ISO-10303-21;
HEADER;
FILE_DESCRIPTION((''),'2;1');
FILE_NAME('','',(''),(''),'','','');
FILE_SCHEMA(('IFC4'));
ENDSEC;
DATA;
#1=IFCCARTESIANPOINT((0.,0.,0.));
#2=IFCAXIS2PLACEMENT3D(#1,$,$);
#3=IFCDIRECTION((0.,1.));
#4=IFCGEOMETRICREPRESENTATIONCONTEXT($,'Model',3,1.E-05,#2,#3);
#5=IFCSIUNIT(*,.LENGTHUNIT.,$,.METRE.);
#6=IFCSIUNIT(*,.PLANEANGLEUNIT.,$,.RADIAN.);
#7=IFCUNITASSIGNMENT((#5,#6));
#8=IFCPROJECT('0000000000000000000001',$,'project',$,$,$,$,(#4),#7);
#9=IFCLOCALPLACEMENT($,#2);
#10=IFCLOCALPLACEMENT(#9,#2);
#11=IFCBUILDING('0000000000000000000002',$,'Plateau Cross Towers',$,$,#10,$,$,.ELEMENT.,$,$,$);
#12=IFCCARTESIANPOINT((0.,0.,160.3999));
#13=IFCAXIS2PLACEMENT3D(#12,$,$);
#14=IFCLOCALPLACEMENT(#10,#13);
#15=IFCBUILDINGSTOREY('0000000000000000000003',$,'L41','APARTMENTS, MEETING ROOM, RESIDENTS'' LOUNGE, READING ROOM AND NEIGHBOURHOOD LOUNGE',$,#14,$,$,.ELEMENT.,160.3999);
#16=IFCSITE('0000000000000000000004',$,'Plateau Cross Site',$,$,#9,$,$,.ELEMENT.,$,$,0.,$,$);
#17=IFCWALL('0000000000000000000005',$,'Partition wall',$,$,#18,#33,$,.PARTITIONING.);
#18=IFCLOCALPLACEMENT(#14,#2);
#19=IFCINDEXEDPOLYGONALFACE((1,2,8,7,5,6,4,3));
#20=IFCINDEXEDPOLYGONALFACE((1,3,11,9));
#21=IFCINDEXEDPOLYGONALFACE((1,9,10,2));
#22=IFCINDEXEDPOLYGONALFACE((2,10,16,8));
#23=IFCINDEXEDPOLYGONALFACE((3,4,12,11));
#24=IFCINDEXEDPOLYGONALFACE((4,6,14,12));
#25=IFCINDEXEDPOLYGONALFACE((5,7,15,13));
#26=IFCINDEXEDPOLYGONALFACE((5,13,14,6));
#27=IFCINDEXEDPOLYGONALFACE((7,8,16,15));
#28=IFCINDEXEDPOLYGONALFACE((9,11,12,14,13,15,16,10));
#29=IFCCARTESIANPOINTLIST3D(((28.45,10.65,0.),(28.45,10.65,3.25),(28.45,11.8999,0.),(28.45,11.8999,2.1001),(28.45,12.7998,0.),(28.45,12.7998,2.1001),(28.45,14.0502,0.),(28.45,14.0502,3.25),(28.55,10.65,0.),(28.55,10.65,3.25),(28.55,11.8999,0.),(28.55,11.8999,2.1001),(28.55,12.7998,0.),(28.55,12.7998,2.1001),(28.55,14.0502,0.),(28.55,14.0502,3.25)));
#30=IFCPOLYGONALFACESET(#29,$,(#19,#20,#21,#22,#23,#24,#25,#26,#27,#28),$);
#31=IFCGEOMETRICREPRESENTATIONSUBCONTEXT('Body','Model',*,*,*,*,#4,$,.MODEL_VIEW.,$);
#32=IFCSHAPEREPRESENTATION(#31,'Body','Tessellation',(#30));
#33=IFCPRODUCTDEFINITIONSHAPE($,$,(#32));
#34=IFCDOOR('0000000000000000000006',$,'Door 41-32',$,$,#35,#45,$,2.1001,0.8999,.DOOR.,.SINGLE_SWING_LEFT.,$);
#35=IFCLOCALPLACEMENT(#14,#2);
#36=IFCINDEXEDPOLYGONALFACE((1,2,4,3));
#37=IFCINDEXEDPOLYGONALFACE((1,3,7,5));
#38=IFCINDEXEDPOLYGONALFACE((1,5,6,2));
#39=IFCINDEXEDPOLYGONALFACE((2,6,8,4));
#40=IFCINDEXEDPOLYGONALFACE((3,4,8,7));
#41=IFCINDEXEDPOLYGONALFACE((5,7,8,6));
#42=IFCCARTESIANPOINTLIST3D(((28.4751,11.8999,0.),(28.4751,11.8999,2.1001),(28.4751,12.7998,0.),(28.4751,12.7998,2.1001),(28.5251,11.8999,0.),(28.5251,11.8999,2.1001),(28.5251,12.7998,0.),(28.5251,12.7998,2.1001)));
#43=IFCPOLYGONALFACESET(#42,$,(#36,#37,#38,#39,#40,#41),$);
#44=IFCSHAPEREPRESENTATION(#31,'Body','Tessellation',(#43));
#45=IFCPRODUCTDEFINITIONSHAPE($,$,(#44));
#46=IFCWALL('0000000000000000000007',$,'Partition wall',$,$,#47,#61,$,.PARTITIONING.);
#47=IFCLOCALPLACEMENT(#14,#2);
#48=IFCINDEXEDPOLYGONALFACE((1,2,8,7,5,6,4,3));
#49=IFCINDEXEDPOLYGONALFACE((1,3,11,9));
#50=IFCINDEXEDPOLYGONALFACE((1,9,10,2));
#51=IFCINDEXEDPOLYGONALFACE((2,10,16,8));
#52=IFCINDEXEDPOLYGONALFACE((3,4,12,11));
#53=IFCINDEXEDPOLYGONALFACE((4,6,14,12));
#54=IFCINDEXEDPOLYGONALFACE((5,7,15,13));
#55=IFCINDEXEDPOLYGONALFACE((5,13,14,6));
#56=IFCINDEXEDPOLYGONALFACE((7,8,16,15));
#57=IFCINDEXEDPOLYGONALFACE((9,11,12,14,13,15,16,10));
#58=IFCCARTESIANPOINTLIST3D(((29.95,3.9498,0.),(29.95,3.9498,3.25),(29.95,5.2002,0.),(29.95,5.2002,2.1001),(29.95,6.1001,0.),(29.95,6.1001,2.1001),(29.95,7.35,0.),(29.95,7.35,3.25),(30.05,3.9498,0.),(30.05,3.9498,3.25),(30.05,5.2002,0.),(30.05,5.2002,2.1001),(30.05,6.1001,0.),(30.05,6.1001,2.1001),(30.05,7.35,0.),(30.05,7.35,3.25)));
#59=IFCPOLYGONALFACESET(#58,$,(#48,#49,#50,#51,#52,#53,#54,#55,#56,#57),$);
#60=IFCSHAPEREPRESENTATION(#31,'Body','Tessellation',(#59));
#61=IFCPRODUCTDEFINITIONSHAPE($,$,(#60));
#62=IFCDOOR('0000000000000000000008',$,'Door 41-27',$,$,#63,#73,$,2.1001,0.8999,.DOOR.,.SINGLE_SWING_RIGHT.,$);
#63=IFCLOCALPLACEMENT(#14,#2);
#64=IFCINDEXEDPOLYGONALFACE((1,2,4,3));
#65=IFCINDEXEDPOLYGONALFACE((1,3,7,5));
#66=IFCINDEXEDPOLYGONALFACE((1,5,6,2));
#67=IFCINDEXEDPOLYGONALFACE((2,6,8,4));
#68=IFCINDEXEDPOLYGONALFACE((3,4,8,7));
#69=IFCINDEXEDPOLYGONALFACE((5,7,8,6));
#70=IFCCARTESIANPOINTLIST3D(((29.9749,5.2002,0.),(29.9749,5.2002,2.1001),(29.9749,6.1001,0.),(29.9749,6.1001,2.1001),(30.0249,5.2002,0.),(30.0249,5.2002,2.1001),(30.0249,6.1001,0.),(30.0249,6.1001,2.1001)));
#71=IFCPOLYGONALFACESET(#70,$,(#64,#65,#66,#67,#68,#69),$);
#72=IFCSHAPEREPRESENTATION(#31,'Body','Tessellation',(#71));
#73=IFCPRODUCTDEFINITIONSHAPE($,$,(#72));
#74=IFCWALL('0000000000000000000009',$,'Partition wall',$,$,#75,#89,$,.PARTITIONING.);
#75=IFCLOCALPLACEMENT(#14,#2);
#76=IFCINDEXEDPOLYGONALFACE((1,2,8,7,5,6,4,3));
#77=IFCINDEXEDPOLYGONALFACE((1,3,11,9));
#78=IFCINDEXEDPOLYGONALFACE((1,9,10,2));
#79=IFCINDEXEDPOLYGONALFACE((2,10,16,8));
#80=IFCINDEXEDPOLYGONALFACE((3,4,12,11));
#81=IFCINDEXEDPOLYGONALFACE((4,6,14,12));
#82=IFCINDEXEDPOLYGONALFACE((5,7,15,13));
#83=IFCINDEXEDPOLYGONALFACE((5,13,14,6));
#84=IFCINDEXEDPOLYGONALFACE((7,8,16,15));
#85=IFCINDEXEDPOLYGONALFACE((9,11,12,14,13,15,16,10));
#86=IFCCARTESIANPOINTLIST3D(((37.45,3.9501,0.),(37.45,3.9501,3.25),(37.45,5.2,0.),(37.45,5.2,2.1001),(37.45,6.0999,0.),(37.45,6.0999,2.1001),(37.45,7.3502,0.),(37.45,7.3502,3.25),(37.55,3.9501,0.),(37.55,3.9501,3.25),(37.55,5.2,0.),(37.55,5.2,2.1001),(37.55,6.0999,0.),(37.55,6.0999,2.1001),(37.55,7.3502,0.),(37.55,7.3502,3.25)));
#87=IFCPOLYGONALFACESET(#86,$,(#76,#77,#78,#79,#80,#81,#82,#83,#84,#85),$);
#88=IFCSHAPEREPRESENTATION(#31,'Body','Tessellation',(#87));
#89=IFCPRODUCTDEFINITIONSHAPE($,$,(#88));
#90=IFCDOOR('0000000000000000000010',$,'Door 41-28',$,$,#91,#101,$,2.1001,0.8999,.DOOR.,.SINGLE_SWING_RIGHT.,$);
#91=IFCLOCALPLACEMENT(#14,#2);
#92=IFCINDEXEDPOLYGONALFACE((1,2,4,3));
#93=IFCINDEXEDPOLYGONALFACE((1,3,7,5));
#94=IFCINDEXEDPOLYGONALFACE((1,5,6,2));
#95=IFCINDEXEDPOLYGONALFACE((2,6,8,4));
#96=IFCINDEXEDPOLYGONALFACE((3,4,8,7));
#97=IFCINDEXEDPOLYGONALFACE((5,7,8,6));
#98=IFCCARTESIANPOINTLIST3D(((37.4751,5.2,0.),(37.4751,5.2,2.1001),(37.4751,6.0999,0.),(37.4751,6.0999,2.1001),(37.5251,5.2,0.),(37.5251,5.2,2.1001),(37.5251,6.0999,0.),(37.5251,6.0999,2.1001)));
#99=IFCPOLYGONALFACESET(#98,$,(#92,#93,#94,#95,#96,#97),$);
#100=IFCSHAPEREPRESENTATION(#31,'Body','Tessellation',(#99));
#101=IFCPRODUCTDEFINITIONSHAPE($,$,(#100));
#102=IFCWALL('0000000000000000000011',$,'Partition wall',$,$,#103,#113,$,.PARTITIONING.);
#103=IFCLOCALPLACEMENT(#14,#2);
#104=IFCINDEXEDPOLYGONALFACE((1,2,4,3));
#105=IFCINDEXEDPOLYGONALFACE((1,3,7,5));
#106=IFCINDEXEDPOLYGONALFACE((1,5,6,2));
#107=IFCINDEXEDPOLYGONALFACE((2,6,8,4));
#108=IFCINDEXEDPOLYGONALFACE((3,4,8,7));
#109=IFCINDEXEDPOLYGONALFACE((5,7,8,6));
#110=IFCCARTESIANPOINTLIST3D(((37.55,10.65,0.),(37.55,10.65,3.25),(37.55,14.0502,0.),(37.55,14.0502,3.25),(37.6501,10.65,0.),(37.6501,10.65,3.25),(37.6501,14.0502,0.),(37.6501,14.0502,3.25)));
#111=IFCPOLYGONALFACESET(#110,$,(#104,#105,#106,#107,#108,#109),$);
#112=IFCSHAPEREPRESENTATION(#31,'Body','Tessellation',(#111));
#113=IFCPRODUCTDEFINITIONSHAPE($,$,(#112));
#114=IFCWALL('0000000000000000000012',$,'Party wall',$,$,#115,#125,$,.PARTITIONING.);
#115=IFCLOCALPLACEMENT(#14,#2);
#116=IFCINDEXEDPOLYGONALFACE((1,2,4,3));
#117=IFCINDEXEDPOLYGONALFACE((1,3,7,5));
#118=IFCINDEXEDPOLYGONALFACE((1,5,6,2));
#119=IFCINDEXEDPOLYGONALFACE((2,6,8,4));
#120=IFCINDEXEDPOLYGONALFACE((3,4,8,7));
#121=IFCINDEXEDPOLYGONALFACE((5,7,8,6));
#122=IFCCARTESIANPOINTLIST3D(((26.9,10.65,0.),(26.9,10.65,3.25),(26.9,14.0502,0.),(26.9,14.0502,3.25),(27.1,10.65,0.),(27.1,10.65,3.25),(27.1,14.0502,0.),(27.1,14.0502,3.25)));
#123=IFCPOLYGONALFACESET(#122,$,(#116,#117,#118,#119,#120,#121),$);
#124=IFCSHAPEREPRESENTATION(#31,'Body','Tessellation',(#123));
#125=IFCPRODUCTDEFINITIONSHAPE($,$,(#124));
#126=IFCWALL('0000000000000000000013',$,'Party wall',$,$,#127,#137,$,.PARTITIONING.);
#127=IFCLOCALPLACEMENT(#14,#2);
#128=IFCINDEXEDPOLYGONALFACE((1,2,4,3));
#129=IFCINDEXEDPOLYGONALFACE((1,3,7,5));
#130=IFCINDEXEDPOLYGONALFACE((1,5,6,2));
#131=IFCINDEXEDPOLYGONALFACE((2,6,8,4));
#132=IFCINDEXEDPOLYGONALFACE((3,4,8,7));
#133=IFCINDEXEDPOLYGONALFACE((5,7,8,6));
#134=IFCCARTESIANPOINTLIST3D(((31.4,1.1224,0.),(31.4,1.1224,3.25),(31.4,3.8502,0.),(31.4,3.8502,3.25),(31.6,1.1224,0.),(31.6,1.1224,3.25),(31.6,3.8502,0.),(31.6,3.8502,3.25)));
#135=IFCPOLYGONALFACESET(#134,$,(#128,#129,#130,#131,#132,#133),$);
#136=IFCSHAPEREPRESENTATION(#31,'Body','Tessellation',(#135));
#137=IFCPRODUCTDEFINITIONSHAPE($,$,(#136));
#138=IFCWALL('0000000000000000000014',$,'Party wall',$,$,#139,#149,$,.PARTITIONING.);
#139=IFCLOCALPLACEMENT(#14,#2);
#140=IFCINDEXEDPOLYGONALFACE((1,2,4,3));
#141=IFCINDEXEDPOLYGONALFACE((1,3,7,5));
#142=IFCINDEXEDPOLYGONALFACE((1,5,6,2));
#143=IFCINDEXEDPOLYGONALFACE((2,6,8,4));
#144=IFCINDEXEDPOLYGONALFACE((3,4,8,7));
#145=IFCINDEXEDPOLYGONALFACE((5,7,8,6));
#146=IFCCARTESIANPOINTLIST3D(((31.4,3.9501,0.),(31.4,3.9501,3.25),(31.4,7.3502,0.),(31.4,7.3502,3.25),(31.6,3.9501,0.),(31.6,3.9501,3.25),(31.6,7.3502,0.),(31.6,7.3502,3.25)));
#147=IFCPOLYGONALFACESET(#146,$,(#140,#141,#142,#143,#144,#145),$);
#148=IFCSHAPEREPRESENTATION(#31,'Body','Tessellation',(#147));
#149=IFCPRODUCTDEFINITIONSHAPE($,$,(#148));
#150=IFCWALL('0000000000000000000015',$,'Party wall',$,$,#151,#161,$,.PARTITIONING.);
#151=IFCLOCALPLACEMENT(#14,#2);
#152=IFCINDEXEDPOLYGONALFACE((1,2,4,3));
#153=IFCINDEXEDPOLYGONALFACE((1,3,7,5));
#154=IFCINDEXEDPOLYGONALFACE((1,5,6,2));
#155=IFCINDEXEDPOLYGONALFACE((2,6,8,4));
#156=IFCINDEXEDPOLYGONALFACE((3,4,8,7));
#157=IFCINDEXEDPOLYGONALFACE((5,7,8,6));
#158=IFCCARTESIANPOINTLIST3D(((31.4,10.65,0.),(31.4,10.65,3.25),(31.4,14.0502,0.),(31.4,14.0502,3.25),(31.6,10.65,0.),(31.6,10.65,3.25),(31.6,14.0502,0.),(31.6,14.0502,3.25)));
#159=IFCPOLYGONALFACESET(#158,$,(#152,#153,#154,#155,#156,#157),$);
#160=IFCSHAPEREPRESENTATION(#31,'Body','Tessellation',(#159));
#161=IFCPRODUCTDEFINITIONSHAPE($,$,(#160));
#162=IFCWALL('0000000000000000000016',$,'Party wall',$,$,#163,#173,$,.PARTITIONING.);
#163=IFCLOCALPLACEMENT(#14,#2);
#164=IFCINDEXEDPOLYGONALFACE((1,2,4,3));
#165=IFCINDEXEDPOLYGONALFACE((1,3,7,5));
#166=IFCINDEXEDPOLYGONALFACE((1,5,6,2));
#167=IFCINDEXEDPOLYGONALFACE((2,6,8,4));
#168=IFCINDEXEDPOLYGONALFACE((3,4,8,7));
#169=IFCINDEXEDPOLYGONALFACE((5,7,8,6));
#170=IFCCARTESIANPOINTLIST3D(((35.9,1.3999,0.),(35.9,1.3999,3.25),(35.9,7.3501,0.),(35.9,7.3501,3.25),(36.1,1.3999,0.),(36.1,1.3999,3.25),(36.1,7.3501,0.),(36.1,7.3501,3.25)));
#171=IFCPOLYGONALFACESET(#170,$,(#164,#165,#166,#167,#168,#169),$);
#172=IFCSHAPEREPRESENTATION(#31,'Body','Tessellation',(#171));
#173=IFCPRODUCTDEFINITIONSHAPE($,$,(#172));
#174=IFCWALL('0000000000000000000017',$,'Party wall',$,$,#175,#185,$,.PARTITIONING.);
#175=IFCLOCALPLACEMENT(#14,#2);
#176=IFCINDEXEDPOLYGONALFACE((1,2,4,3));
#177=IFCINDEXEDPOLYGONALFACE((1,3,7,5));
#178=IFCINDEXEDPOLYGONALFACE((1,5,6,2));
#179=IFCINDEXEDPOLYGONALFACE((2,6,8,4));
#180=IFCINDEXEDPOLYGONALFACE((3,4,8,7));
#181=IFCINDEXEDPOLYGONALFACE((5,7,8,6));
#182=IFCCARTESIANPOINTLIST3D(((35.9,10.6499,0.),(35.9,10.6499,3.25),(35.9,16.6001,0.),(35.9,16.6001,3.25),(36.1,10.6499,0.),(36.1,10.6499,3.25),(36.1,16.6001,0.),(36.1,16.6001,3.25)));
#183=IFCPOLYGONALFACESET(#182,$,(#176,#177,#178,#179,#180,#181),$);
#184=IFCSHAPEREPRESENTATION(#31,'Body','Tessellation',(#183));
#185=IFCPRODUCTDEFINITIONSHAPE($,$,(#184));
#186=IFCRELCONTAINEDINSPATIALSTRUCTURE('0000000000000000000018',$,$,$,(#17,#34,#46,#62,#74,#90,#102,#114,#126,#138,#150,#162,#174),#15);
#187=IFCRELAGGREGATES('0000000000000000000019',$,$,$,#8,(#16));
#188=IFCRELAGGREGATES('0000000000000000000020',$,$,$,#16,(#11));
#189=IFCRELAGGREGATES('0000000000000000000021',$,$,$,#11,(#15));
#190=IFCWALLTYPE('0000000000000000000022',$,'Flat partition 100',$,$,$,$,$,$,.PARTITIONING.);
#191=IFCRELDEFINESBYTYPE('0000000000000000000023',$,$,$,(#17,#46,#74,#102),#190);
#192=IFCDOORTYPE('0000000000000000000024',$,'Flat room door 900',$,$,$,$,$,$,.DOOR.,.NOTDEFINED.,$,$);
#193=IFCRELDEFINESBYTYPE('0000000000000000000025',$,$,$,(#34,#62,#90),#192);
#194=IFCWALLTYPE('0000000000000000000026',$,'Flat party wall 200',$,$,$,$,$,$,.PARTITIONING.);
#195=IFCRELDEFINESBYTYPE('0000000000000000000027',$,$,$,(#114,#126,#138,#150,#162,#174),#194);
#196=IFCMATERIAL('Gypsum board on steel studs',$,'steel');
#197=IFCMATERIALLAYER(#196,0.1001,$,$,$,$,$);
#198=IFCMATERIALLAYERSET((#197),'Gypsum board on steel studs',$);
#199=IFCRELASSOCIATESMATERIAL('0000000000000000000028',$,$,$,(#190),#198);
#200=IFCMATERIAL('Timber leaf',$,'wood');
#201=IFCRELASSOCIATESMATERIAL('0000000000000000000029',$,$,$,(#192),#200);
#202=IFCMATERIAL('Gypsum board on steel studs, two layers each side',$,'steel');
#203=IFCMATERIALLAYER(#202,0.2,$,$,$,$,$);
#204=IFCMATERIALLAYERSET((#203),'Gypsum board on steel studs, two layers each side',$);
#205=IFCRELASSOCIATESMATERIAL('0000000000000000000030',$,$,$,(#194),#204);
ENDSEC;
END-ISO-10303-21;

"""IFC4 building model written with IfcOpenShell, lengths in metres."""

from ifc_helpers import new_model, si_unit, direction, frame, frame_2d, origin, place, context, subcontext, project, spatial, rectangle, extrude, material, layer, layer_set, type_object, element, fill, save


model = new_model("IFC4")

# Units and contexts
model_context = context("Model", 3, precision=1e-05, world=origin(), true_north=direction((0.0, 1.0)))
body_context = subcontext(model_context, "Body", "Model", "MODEL_VIEW")
ifc_project = project(units=[si_unit("LENGTHUNIT", "METRE"), si_unit("PLANEANGLEUNIT", "RADIAN")], contexts=[model_context])

# Site, building, storey
site_placement = place(None, origin())
site = spatial("IfcSite", under=ifc_project, at=site_placement, Name="Plateau Cross Site", CompositionType="ELEMENT", RefElevation=0.0)
building_placement = place(site_placement, origin())
building = spatial("IfcBuilding", under=site, at=building_placement, Name="Plateau Cross Towers", CompositionType="ELEMENT")
storey_placement = place(building_placement, frame((0.0, 0.0, 160.3999)))
storey = spatial("IfcBuildingStorey", under=building, at=storey_placement, Name="L41", Description="APARTMENTS, MEETING ROOM, RESIDENTS' LOUNGE, READING ROOM AND NEIGHBOURHOOD LOUNGE", CompositionType="ELEMENT", Elevation=160.3999)

# Shared definitions
ifc_material_1 = material(Name="Gypsum board on steel studs", Category="steel")
ifc_layer_1 = layer(ifc_material_1, 0.1001)
ifc_layer_set_1 = layer_set([ifc_layer_1], Name="Gypsum board on steel studs")
wall_type_1 = type_object("IfcWallType", Name="Flat partition 100", PredefinedType="PARTITIONING", material=ifc_layer_set_1)

# Walls, openings, doors
ifc_material_2 = material(Name="Timber leaf", Category="wood")
door_type_1 = type_object("IfcDoorType", Name="Flat room door 900", OperationType="NOTDEFINED", PredefinedType="DOOR", material=ifc_material_2)
wall_1_placement = place(storey_placement, frame((28.5, 10.6499, 0.0), z_axis=(0.0, 0.0, 1.0), x_axis=(0.0, 1.0, 0.0)))
wall_1 = element("IfcWall", 1, at=wall_1_placement, inside=storey, type_object=wall_type_1, Name="Partition wall", PredefinedType="PARTITIONING", context=body_context, shape_type="SweptSolid", body=[
    extrude(rectangle(XDim=3.4001, YDim=0.1001, at=frame_2d((1.7002, 0.0))), origin(), (0.0, 0.0, 1.0), 3.25),
])
opening_1_placement = place(wall_1_placement, frame((1.25, 0.0, 0.0)))
opening_1 = element("IfcOpeningElement", 2, at=opening_1_placement, cuts=wall_1, PredefinedType="OPENING", context=body_context, shape_type="SweptSolid", body=[
    extrude(rectangle(XDim=0.8999, YDim=2.1001, at=frame_2d((0.45, 1.05))), frame((0.0, 0.0601, 0.0), z_axis=(0.0, -1.0, 0.0), x_axis=(1.0, 0.0, 0.0)), (0.0, 0.0, 1.0), 0.1201),
])
door_1_placement = place(opening_1_placement, origin())
door_1 = element("IfcDoor", 3, at=door_1_placement, inside=storey, type_object=door_type_1, Name="Door 41-32", OperationType="SINGLE_SWING_LEFT", OverallHeight=2.1001, OverallWidth=0.8999, PredefinedType="DOOR", context=body_context, shape_type="SweptSolid", body=[
    extrude(rectangle(XDim=0.8999, YDim=2.1001, at=frame_2d((0.45, 1.05))), frame((0.0, 0.0249, 0.0), z_axis=(0.0, -1.0, 0.0), x_axis=(1.0, 0.0, 0.0)), (0.0, 0.0, 1.0), 0.05),
])
fill(opening_1, door_1)
wall_2_placement = place(storey_placement, frame((30.0, 7.3501, 0.0), z_axis=(0.0, 0.0, 1.0), x_axis=(0.0, -1.0, 0.0)))
wall_2 = element("IfcWall", 4, at=wall_2_placement, inside=storey, type_object=wall_type_1, Name="Partition wall", PredefinedType="PARTITIONING", context=body_context, shape_type="SweptSolid", body=[
    extrude(rectangle(XDim=3.4001, YDim=0.1001, at=frame_2d((1.7002, 0.0))), origin(), (0.0, 0.0, 1.0), 3.25),
])
opening_2_placement = place(wall_2_placement, frame((1.25, 0.0, 0.0)))
opening_2 = element("IfcOpeningElement", 5, at=opening_2_placement, cuts=wall_2, PredefinedType="OPENING", context=body_context, shape_type="SweptSolid", body=[
    extrude(rectangle(XDim=0.8999, YDim=2.1001, at=frame_2d((0.45, 1.05))), frame((0.0, 0.0601, 0.0), z_axis=(0.0, -1.0, 0.0), x_axis=(1.0, 0.0, 0.0)), (0.0, 0.0, 1.0), 0.1201),
])
door_2_placement = place(opening_2_placement, origin())
door_2 = element("IfcDoor", 6, at=door_2_placement, inside=storey, type_object=door_type_1, Name="Door 41-27", OperationType="SINGLE_SWING_RIGHT", OverallHeight=2.1001, OverallWidth=0.8999, PredefinedType="DOOR", context=body_context, shape_type="SweptSolid", body=[
    extrude(rectangle(XDim=0.8999, YDim=2.1001, at=frame_2d((0.45, 1.05))), frame((0.0, 0.0249, 0.0), z_axis=(0.0, -1.0, 0.0), x_axis=(1.0, 0.0, 0.0)), (0.0, 0.0, 1.0), 0.05),
])
fill(opening_2, door_2)
wall_3_placement = place(storey_placement, frame((37.5, 3.95, 0.0), z_axis=(0.0, 0.0, 1.0), x_axis=(0.0, 1.0, 0.0)))
wall_3 = element("IfcWall", 7, at=wall_3_placement, inside=storey, type_object=wall_type_1, Name="Partition wall", PredefinedType="PARTITIONING", context=body_context, shape_type="SweptSolid", body=[
    extrude(rectangle(XDim=3.4001, YDim=0.1001, at=frame_2d((1.7002, 0.0))), origin(), (0.0, 0.0, 1.0), 3.25),
])
opening_3_placement = place(wall_3_placement, frame((1.25, 0.0, 0.0)))
opening_3 = element("IfcOpeningElement", 8, at=opening_3_placement, cuts=wall_3, PredefinedType="OPENING", context=body_context, shape_type="SweptSolid", body=[
    extrude(rectangle(XDim=0.8999, YDim=2.1001, at=frame_2d((0.45, 1.05))), frame((0.0, 0.0601, 0.0), z_axis=(0.0, -1.0, 0.0), x_axis=(1.0, 0.0, 0.0)), (0.0, 0.0, 1.0), 0.1201),
])
door_3_placement = place(opening_3_placement, origin())
door_3 = element("IfcDoor", 9, at=door_3_placement, inside=storey, type_object=door_type_1, Name="Door 41-28", OperationType="SINGLE_SWING_RIGHT", OverallHeight=2.1001, OverallWidth=0.8999, PredefinedType="DOOR", context=body_context, shape_type="SweptSolid", body=[
    extrude(rectangle(XDim=0.8999, YDim=2.1001, at=frame_2d((0.45, 1.05))), frame((0.0, 0.0249, 0.0), z_axis=(0.0, -1.0, 0.0), x_axis=(1.0, 0.0, 0.0)), (0.0, 0.0, 1.0), 0.05),
])
fill(opening_3, door_3)

# Walls
wall_4_placement = place(storey_placement, frame((37.6001, 10.6499, 0.0), z_axis=(0.0, 0.0, 1.0), x_axis=(0.0, 1.0, 0.0)))
element("IfcWall", 10, at=wall_4_placement, inside=storey, type_object=wall_type_1, Name="Partition wall", PredefinedType="PARTITIONING", context=body_context, shape_type="SweptSolid", body=[
    extrude(rectangle(XDim=3.4001, YDim=0.1001, at=frame_2d((1.7002, 0.0))), origin(), (0.0, 0.0, 1.0), 3.25),
])
ifc_material_3 = material(Name="Gypsum board on steel studs, two layers each side", Category="steel")
ifc_layer_2 = layer(ifc_material_3, 0.2)
ifc_layer_set_2 = layer_set([ifc_layer_2], Name="Gypsum board on steel studs, two layers each side")
wall_type_2 = type_object("IfcWallType", Name="Flat party wall 200", PredefinedType="PARTITIONING", material=ifc_layer_set_2)
wall_5_placement = place(storey_placement, frame((27.0, 10.6499, 0.0), z_axis=(0.0, 0.0, 1.0), x_axis=(0.0, 1.0, 0.0)))
element("IfcWall", 11, at=wall_5_placement, inside=storey, type_object=wall_type_2, Name="Party wall", PredefinedType="PARTITIONING", context=body_context, shape_type="SweptSolid", body=[
    extrude(rectangle(XDim=3.4001, YDim=0.2, at=frame_2d((1.7002, 0.0))), origin(), (0.0, 0.0, 1.0), 3.25),
])
wall_6_placement = place(storey_placement, frame((31.5, 3.8501, 0.0), z_axis=(0.0, 0.0, 1.0), x_axis=(0.0, -1.0, 0.0)))
element("IfcWall", 12, at=wall_6_placement, inside=storey, type_object=wall_type_2, Name="Party wall", PredefinedType="PARTITIONING", context=body_context, shape_type="SweptSolid", body=[
    extrude(rectangle(XDim=2.7278, YDim=0.2, at=frame_2d((1.3638, 0.0))), origin(), (0.0, 0.0, 1.0), 3.25),
])
for number, where, z_axis, x_axis, name in (
    (13, (31.5, 3.95, 0.0), (0.0, 0.0, 1.0), (0.0, 1.0, 0.0), "Party wall"),
    (14, (31.5, 10.6499, 0.0), (0.0, 0.0, 1.0), (0.0, 1.0, 0.0), "Party wall"),
):
    element("IfcWall", number, at=place(storey_placement, frame(where, z_axis=z_axis, x_axis=x_axis)), inside=storey, type_object=wall_type_2, Name=name, PredefinedType="PARTITIONING", context=body_context, shape_type="SweptSolid", body=[
        extrude(rectangle(XDim=3.4001, YDim=0.2, at=frame_2d((1.7002, 0.0))), origin(), (0.0, 0.0, 1.0), 3.25),
    ])
for number, where, z_axis, x_axis, name in (
    (15, (36.0, 1.3999, 0.0), (0.0, 0.0, 1.0), (0.0, 1.0, 0.0), "Party wall"),
    (16, (36.0, 10.6499, 0.0), (0.0, 0.0, 1.0), (0.0, 1.0, 0.0), "Party wall"),
):
    element("IfcWall", number, at=place(storey_placement, frame(where, z_axis=z_axis, x_axis=x_axis)), inside=storey, type_object=wall_type_2, Name=name, PredefinedType="PARTITIONING", context=body_context, shape_type="SweptSolid", body=[
        extrude(rectangle(XDim=5.9502, YDim=0.2, at=frame_2d((2.9751, 0.0))), origin(), (0.0, 0.0, 1.0), 3.25),
    ])

save(model, "model.ifc")
